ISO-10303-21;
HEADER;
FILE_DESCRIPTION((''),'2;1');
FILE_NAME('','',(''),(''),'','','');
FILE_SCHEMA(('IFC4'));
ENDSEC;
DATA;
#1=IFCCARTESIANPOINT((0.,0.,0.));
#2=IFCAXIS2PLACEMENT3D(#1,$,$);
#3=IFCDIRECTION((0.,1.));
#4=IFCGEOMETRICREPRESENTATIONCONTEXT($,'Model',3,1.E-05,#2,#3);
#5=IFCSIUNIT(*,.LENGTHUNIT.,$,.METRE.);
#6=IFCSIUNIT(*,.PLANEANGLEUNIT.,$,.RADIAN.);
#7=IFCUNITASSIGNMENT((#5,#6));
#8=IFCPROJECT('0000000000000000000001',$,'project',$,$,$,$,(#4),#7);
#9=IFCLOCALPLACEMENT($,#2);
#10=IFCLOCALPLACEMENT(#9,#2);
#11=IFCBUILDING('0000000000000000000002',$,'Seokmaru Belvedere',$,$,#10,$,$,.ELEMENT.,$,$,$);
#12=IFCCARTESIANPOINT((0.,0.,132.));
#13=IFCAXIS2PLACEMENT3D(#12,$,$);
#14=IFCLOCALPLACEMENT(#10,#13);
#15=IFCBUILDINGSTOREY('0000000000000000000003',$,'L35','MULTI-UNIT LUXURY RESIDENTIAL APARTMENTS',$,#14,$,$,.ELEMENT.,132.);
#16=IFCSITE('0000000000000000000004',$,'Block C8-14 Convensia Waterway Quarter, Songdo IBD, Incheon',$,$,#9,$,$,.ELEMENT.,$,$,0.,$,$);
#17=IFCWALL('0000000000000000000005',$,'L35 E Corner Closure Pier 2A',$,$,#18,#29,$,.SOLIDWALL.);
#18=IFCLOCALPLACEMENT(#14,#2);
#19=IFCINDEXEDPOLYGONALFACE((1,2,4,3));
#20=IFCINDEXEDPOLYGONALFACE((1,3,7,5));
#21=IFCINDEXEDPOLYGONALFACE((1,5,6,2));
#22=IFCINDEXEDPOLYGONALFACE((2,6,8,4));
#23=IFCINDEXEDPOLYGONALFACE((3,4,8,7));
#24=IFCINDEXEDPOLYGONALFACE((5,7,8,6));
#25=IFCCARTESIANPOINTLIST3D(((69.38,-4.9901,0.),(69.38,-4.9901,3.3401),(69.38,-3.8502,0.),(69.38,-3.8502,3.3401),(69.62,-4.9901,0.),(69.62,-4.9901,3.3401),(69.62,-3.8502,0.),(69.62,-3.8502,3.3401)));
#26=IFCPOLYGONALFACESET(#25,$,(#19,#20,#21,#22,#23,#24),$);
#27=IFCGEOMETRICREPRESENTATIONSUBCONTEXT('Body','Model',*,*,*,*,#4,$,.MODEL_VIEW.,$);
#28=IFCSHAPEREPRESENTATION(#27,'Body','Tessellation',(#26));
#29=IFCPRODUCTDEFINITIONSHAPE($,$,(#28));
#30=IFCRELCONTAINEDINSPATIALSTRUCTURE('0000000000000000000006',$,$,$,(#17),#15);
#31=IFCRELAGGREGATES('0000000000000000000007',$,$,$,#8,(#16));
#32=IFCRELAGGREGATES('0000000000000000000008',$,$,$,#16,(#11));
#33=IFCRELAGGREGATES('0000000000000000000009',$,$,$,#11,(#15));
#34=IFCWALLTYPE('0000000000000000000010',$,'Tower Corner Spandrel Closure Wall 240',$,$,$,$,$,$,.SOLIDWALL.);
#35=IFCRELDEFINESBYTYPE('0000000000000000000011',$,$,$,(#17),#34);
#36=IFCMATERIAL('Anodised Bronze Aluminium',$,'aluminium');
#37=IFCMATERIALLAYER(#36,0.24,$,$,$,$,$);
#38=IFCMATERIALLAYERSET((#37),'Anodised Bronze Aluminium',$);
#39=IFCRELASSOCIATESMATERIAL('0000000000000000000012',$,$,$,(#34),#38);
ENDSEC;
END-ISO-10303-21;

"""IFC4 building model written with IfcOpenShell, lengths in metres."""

from ifc_helpers import new_model, si_unit, direction, frame, frame_2d, origin, place, context, subcontext, project, spatial, rectangle, extrude, material, layer, layer_set, type_object, element, save


model = new_model("IFC4")

# Units and contexts
model_context = context("Model", 3, precision=1e-05, world=origin(), true_north=direction((0.0, 1.0)))
body_context = subcontext(model_context, "Body", "Model", "MODEL_VIEW")
ifc_project = project(units=[si_unit("LENGTHUNIT", "METRE"), si_unit("PLANEANGLEUNIT", "RADIAN")], contexts=[model_context])

# Site, building, storey
site_placement = place(None, origin())
site = spatial("IfcSite", under=ifc_project, at=site_placement, Name="Block C8-14 Convensia Waterway Quarter, Songdo IBD, Incheon", CompositionType="ELEMENT", RefElevation=0.0)
building_placement = place(site_placement, origin())
building = spatial("IfcBuilding", under=site, at=building_placement, Name="Seokmaru Belvedere", CompositionType="ELEMENT")
storey_placement = place(building_placement, frame((0.0, 0.0, 132.0)))
storey = spatial("IfcBuildingStorey", under=building, at=storey_placement, Name="L35", Description="MULTI-UNIT LUXURY RESIDENTIAL APARTMENTS", CompositionType="ELEMENT", Elevation=132.0)

# Shared definitions
ifc_material_1 = material(Name="Anodised Bronze Aluminium", Category="aluminium")

# Wall
ifc_layer_1 = layer(ifc_material_1, 0.24)
ifc_layer_set_1 = layer_set([ifc_layer_1], Name="Anodised Bronze Aluminium")
wall_type_1 = type_object("IfcWallType", Name="Tower Corner Spandrel Closure Wall 240", PredefinedType="SOLIDWALL", material=ifc_layer_set_1)
wall_1_placement = place(storey_placement, frame((69.5, -4.99, 0.0), z_axis=(0.0, 0.0, 1.0), x_axis=(0.0, 1.0, 0.0)))
element("IfcWall", 1, at=wall_1_placement, inside=storey, type_object=wall_type_1, Name="L35 E Corner Closure Pier 2A", PredefinedType="SOLIDWALL", context=body_context, shape_type="SweptSolid", body=[
    extrude(rectangle(XDim=1.1399, YDim=0.24, at=frame_2d((0.5698, 0.0))), origin(), (0.0, 0.0, 1.0), 3.3401),
])

save(model, "model.ifc")
